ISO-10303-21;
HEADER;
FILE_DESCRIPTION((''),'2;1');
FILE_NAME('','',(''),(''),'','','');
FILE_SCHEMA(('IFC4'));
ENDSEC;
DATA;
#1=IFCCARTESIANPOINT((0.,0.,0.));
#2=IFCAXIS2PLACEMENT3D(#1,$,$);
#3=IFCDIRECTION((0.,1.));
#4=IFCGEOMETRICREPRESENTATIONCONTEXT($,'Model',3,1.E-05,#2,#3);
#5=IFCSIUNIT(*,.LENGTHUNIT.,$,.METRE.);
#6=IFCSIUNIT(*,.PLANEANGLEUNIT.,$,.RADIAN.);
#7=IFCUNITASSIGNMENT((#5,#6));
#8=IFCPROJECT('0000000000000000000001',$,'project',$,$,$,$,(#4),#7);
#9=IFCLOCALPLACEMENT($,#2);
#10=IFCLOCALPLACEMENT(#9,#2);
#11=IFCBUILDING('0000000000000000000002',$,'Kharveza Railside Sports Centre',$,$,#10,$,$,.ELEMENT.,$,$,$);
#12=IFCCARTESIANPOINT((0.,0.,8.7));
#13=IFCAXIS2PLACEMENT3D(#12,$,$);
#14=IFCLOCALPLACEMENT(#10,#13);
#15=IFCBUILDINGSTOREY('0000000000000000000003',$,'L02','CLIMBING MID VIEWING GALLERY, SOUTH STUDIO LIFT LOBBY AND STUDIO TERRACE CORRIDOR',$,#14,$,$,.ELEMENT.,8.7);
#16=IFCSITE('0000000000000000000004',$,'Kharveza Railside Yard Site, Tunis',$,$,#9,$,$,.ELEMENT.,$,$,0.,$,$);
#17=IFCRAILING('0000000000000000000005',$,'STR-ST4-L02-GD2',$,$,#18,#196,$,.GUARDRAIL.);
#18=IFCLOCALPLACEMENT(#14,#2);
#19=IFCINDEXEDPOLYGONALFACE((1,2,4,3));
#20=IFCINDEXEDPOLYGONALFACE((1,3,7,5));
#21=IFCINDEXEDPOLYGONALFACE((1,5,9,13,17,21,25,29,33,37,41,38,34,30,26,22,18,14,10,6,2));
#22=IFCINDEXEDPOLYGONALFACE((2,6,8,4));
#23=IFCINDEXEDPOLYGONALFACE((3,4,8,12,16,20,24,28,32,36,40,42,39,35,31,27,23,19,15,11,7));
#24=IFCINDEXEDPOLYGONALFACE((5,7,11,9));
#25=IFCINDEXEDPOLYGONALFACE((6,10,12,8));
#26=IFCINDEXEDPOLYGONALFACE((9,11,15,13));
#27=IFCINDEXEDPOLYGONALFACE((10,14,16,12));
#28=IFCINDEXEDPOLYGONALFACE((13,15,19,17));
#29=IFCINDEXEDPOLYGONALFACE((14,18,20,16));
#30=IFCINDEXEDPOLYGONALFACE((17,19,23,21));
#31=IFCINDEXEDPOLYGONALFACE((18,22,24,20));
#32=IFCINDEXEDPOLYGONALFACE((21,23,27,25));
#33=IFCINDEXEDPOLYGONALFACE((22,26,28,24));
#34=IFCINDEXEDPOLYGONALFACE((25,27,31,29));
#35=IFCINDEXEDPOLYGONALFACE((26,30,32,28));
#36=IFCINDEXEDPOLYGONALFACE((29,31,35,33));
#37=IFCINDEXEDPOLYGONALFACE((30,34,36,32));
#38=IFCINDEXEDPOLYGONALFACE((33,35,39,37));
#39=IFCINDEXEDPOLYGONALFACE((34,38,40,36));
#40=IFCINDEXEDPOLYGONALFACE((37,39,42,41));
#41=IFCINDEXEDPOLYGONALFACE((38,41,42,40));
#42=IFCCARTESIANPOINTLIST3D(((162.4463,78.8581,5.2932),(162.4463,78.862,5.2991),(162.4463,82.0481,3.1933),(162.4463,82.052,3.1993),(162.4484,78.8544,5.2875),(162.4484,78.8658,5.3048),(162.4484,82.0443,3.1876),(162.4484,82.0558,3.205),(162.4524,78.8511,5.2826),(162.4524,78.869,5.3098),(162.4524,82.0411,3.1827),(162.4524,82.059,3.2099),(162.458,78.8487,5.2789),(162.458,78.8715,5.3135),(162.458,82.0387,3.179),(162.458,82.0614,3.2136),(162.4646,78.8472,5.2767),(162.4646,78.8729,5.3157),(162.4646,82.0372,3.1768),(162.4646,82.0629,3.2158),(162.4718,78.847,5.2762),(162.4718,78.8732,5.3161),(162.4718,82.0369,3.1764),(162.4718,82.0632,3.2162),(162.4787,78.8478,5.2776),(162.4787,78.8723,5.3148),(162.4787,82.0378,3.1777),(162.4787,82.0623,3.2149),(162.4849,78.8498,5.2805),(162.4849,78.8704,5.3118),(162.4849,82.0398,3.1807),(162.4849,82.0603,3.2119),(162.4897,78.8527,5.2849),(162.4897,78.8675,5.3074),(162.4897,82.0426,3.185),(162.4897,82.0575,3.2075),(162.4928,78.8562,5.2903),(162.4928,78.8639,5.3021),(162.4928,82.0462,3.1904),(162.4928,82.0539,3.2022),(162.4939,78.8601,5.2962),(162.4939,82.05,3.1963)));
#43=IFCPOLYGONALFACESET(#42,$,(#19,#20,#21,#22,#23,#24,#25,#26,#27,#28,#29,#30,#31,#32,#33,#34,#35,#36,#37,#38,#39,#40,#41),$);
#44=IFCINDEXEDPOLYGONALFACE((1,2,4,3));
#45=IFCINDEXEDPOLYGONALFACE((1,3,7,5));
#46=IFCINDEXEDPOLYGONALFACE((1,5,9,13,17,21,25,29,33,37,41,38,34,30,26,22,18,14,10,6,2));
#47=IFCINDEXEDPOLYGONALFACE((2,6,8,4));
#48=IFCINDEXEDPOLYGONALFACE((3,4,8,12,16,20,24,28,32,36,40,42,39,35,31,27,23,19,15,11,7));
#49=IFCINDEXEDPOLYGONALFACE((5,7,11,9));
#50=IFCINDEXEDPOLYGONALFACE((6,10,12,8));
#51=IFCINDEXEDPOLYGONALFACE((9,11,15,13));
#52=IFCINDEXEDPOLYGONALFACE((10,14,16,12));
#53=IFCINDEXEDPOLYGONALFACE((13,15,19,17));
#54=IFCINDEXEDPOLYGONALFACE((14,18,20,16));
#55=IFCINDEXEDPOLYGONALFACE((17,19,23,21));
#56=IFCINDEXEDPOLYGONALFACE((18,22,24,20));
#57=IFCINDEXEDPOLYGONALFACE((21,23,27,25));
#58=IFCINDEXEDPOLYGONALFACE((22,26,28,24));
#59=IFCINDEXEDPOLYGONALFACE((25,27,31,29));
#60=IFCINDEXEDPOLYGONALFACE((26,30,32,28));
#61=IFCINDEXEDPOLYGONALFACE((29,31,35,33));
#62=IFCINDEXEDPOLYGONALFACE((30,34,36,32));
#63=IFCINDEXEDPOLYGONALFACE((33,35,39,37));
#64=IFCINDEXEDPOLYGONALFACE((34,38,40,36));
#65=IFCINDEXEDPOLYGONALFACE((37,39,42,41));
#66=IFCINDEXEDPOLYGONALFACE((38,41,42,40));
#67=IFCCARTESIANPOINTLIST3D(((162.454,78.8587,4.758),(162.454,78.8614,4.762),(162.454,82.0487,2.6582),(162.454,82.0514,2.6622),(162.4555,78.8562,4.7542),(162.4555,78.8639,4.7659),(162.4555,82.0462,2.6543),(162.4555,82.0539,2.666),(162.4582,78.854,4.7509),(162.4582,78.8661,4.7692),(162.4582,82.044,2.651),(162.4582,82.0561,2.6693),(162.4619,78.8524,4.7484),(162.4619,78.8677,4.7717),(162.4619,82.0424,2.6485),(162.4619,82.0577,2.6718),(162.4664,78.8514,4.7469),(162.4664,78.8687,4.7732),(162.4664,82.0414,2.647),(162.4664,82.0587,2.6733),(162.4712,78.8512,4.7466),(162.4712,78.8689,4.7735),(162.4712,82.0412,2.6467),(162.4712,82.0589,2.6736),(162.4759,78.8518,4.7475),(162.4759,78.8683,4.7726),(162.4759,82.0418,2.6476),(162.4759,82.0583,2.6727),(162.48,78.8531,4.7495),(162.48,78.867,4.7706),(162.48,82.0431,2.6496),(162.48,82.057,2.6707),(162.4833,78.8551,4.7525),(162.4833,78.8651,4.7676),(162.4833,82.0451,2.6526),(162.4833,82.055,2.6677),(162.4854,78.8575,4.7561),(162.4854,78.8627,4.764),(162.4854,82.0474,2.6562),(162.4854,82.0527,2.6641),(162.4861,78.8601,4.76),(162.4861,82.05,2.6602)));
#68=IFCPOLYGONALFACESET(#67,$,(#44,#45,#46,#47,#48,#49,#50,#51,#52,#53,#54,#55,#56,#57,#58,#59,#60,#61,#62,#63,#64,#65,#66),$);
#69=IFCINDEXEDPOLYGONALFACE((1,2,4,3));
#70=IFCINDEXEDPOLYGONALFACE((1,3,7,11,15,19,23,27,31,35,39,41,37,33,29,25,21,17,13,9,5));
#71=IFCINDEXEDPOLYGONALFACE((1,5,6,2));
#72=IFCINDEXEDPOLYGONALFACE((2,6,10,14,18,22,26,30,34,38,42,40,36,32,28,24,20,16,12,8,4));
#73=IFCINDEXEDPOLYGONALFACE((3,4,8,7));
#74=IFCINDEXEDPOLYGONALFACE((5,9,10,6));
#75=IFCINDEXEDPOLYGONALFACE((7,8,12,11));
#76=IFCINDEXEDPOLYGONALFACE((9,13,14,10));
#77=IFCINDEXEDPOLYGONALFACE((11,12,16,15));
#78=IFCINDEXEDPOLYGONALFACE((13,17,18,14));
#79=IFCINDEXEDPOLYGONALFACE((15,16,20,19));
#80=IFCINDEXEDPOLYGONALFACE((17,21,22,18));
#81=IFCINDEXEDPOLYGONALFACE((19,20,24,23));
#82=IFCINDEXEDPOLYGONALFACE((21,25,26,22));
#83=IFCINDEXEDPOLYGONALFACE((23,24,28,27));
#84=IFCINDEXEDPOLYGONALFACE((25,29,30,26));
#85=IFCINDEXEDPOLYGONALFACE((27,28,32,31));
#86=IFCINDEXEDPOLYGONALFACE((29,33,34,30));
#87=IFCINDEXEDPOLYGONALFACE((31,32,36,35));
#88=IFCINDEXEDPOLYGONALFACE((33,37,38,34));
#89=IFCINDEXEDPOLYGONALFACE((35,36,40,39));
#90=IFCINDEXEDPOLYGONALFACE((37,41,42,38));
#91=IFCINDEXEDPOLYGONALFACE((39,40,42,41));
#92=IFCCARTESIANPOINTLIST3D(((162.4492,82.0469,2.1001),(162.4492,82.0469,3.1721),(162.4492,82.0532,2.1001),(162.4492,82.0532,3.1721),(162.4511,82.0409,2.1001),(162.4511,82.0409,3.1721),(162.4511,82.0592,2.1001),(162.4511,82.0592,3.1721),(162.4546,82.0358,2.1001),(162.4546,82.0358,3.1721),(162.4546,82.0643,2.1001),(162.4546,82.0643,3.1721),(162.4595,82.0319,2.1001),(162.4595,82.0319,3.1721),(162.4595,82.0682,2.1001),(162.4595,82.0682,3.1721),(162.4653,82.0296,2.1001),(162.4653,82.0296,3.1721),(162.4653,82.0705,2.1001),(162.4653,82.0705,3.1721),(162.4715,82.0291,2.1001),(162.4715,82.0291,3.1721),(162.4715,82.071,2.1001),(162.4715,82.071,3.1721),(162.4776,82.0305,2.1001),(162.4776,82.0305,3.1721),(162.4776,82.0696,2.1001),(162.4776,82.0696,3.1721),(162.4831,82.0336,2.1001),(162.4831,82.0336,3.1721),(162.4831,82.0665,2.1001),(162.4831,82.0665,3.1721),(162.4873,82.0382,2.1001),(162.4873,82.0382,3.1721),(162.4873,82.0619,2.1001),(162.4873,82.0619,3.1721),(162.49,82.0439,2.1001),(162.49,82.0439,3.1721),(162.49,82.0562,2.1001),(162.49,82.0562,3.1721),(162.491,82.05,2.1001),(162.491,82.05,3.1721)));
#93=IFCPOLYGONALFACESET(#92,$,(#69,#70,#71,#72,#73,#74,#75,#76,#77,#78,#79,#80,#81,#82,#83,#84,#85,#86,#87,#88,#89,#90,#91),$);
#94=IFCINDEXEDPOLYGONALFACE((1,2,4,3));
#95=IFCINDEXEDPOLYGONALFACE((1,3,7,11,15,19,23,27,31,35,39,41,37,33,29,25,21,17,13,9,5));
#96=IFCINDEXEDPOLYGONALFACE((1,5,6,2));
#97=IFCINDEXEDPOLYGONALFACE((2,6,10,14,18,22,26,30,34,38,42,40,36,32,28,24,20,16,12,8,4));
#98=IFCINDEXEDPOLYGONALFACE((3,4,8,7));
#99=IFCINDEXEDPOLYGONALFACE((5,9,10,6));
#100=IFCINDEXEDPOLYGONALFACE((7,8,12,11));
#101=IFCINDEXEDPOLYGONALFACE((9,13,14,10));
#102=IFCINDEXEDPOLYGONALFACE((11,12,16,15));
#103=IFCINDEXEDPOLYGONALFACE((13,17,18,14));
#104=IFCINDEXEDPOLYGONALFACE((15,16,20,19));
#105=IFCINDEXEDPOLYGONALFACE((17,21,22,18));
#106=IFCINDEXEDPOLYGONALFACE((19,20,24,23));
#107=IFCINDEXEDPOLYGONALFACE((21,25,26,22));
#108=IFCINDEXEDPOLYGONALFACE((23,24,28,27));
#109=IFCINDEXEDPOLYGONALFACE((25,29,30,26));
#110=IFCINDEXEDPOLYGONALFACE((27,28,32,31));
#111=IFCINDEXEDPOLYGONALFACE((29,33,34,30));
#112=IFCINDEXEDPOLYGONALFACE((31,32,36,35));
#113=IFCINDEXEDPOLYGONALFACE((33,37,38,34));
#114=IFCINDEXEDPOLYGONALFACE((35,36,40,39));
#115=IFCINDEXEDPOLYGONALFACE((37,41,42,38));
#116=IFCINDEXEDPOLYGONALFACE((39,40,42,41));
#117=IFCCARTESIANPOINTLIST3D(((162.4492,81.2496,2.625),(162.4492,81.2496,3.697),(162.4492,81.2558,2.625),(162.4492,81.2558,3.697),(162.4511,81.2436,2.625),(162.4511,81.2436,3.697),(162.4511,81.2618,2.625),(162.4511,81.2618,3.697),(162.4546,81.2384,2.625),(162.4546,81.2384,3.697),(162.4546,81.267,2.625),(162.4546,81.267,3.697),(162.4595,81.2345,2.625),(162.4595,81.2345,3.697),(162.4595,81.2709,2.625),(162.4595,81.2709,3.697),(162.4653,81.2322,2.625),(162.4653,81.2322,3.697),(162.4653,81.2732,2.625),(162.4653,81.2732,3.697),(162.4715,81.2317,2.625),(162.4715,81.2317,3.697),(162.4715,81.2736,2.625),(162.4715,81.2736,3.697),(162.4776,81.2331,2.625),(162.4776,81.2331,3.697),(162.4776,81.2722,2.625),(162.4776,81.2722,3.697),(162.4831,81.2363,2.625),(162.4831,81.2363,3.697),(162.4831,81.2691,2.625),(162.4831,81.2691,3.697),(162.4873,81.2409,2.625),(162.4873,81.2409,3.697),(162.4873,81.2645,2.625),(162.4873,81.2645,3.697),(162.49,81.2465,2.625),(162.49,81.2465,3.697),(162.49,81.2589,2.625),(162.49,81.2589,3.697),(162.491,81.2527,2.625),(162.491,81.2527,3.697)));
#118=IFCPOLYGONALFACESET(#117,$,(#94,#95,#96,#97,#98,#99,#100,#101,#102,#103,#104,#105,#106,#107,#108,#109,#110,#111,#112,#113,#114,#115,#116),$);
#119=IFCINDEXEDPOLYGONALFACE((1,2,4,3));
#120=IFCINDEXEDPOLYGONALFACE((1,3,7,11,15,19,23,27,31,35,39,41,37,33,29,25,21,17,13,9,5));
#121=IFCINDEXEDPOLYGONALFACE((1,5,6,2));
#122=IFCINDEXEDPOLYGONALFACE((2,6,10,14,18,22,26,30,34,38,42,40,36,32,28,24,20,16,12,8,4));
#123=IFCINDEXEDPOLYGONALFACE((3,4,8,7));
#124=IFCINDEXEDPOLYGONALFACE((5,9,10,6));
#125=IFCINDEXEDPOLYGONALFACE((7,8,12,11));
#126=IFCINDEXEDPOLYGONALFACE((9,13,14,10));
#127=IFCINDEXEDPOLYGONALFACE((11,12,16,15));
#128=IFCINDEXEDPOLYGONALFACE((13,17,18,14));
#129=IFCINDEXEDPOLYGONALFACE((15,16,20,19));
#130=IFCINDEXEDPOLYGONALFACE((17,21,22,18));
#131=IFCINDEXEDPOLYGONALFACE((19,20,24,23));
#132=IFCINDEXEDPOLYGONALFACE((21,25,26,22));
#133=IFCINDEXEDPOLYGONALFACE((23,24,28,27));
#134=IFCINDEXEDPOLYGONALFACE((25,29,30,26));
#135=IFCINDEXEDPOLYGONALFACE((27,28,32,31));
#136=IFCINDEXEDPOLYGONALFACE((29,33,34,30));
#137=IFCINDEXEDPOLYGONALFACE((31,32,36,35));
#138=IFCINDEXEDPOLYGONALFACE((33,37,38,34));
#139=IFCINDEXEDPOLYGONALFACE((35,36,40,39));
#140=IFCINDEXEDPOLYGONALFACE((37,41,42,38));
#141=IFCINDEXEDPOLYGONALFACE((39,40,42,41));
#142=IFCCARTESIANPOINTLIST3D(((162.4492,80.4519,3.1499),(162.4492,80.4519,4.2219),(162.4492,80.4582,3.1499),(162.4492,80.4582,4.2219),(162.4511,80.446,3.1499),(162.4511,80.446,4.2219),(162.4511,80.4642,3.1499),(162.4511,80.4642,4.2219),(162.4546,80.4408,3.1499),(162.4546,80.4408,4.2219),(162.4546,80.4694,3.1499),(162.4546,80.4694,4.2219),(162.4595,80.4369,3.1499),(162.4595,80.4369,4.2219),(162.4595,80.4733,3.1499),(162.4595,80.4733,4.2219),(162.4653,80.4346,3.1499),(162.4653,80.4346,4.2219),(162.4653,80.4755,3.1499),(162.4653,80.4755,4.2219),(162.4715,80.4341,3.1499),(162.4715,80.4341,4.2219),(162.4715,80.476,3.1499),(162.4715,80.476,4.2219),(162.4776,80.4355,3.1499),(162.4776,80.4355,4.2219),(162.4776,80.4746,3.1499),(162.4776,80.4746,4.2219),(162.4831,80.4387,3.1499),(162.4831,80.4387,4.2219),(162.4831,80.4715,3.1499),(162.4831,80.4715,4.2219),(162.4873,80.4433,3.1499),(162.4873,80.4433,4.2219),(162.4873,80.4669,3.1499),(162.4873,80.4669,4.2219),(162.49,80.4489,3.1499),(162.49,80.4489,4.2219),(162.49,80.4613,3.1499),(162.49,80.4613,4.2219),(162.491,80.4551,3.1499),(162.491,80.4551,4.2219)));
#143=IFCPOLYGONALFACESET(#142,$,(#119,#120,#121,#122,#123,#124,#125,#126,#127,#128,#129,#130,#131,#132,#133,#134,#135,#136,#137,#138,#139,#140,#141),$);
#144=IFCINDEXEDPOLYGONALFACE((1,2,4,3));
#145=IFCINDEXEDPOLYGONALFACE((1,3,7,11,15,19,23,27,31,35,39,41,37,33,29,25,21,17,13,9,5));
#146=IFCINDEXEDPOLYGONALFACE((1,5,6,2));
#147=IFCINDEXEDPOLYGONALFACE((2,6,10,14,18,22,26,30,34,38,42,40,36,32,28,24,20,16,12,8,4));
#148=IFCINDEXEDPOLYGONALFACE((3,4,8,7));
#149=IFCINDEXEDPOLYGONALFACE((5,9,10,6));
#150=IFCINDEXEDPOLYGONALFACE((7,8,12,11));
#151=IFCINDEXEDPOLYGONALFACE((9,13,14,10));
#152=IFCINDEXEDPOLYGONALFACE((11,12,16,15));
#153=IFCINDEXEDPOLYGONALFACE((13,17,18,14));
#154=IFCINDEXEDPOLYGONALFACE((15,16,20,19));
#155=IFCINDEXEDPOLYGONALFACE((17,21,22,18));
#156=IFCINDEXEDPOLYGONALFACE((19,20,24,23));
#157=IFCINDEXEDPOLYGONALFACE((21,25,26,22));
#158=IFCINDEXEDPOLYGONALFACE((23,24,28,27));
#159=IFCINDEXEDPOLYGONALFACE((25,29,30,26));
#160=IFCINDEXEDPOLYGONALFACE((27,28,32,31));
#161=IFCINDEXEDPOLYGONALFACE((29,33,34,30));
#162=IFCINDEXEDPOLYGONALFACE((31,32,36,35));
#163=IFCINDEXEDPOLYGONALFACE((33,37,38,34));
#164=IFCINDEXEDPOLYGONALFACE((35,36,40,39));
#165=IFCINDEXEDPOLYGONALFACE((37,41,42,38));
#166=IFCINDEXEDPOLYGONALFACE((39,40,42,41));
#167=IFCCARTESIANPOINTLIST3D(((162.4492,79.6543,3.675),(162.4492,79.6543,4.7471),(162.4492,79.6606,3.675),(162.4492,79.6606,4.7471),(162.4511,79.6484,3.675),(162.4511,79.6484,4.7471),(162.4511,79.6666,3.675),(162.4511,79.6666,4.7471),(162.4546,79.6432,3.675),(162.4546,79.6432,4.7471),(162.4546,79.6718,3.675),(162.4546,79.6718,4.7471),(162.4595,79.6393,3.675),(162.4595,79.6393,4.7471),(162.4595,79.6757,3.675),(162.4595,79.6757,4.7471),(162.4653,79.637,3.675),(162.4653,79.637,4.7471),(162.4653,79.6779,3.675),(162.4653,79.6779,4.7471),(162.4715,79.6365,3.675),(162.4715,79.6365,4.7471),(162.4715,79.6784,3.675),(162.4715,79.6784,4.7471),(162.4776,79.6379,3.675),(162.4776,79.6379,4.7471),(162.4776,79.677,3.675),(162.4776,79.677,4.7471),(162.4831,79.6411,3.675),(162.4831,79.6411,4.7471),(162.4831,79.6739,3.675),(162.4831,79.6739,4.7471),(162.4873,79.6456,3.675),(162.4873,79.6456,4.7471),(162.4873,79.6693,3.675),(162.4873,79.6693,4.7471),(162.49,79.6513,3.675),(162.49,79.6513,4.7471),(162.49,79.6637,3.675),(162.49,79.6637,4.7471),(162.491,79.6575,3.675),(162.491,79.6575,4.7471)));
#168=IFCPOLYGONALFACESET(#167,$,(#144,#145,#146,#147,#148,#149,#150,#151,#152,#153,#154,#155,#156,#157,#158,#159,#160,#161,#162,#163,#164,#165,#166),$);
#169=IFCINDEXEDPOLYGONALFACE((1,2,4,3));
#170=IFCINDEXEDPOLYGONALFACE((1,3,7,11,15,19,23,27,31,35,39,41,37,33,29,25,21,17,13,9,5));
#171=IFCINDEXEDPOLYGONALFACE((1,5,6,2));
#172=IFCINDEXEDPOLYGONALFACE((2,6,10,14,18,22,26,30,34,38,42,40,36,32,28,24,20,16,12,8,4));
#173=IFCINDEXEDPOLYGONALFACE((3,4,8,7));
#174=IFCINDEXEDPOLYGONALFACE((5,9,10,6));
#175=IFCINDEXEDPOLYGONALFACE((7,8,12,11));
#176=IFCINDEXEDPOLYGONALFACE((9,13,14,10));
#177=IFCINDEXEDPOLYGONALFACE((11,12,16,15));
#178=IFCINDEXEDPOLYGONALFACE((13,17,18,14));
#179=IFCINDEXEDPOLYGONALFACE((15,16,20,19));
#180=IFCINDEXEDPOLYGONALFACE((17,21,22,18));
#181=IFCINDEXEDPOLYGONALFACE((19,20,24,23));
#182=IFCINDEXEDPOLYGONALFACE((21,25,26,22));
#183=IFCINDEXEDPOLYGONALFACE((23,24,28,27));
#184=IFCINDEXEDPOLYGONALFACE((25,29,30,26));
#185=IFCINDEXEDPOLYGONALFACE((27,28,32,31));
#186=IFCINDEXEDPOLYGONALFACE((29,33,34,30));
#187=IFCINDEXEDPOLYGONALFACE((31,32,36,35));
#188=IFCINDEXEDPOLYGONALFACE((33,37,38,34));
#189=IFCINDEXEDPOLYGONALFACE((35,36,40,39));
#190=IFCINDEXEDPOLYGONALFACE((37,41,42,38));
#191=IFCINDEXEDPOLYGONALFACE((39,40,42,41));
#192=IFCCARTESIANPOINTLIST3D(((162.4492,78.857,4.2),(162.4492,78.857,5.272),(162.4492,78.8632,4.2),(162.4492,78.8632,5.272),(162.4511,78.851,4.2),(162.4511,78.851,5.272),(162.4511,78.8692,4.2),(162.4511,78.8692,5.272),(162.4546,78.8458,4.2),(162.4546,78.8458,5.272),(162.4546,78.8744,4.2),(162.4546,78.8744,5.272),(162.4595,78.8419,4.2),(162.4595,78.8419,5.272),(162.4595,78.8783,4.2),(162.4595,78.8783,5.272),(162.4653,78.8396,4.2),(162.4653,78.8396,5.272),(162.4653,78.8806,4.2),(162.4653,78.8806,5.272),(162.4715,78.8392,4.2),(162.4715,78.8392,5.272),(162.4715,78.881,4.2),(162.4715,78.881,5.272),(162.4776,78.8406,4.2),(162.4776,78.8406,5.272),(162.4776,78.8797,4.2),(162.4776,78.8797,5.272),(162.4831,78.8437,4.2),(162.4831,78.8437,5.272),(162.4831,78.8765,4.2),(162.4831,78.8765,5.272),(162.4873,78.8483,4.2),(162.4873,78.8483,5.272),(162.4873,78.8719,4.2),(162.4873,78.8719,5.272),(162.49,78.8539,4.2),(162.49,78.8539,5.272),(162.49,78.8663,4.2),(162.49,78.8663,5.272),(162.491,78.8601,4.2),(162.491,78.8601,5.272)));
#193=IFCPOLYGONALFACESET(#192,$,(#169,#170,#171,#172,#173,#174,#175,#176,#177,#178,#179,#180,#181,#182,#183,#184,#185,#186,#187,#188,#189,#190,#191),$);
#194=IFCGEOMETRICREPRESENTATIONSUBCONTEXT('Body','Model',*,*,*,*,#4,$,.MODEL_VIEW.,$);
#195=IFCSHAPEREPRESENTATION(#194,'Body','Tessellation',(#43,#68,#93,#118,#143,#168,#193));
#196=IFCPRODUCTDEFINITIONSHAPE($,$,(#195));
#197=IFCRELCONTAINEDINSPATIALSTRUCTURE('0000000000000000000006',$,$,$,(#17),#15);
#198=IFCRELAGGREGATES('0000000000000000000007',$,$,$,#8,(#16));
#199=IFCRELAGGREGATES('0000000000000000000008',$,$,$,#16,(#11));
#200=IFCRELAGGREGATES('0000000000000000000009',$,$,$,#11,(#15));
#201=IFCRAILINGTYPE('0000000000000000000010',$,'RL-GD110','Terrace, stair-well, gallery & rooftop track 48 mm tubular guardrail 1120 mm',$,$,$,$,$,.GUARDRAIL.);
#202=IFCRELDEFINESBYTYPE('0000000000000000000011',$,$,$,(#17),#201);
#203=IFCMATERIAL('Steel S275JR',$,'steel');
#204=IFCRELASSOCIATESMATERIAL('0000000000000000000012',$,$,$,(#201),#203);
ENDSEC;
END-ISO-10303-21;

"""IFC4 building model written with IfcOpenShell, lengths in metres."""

from ifc_helpers import new_model, si_unit, direction, frame, origin, origin_2d, place, context, subcontext, project, spatial, circle, extrude, material, type_object, element, save


model = new_model("IFC4")

# Units and contexts
model_context = context("Model", 3, precision=1e-05, world=origin(), true_north=direction((0.0, 1.0)))
body_context = subcontext(model_context, "Body", "Model", "MODEL_VIEW")
ifc_project = project(units=[si_unit("LENGTHUNIT", "METRE"), si_unit("PLANEANGLEUNIT", "RADIAN")], contexts=[model_context])

# Site, building, storey
site_placement = place(None, origin())
site = spatial("IfcSite", under=ifc_project, at=site_placement, Name="Kharveza Railside Yard Site, Tunis", CompositionType="ELEMENT", RefElevation=0.0)
building_placement = place(site_placement, origin())
building = spatial("IfcBuilding", under=site, at=building_placement, Name="Kharveza Railside Sports Centre", CompositionType="ELEMENT")
storey_placement = place(building_placement, frame((0.0, 0.0, 8.7)))
storey = spatial("IfcBuildingStorey", under=building, at=storey_placement, Name="L02", Description="CLIMBING MID VIEWING GALLERY, SOUTH STUDIO LIFT LOBBY AND STUDIO TERRACE CORRIDOR", CompositionType="ELEMENT", Elevation=8.7)

# Railing
ifc_material_1 = material(Name="Steel S275JR", Category="steel")
railing_type_1 = type_object("IfcRailingType", Name="RL-GD110", Description="Terrace, stair-well, gallery & rooftop track 48 mm tubular guardrail 1120 mm", PredefinedType="GUARDRAIL", material=ifc_material_1)
railing_1_placement = place(storey_placement, frame((162.47, 82.05, 2.1001)))
element("IfcRailing", 1, at=railing_1_placement, inside=storey, type_object=railing_type_1, Name="STR-ST4-L02-GD2", PredefinedType="GUARDRAIL", context=body_context, shape_type="SweptSolid", body=[
    extrude(circle(Radius=0.0239, at=origin_2d()), frame((0.0, 0.0, 1.0962), z_axis=(0.0, -0.835272, 0.549837), x_axis=(1.0, 0.0, 0.0)), (0.0, 0.0, 1.0), 3.8191),
    extrude(circle(Radius=0.0161, at=origin_2d()), frame((0.0, 0.0, 0.5601), z_axis=(0.0, -0.835272, 0.549837), x_axis=(1.0, 0.0, 0.0)), (0.0, 0.0, 1.0), 3.8191),
    extrude(circle(Radius=0.021, at=origin_2d()), origin(), (0.0, 0.0, 1.0), 1.072),
    extrude(circle(Radius=0.021, at=origin_2d()), frame((0.0, -0.7974, 0.5249)), (0.0, 0.0, 1.0), 1.072),
    extrude(circle(Radius=0.021, at=origin_2d()), frame((0.0, -1.595, 1.0498)), (0.0, 0.0, 1.0), 1.072),
    extrude(circle(Radius=0.021, at=origin_2d()), frame((0.0, -2.3926, 1.575)), (0.0, 0.0, 1.0), 1.072),
    extrude(circle(Radius=0.021, at=origin_2d()), frame((0.0, -3.1899, 2.0999)), (0.0, 0.0, 1.0), 1.072),
])

save(model, "model.ifc")
